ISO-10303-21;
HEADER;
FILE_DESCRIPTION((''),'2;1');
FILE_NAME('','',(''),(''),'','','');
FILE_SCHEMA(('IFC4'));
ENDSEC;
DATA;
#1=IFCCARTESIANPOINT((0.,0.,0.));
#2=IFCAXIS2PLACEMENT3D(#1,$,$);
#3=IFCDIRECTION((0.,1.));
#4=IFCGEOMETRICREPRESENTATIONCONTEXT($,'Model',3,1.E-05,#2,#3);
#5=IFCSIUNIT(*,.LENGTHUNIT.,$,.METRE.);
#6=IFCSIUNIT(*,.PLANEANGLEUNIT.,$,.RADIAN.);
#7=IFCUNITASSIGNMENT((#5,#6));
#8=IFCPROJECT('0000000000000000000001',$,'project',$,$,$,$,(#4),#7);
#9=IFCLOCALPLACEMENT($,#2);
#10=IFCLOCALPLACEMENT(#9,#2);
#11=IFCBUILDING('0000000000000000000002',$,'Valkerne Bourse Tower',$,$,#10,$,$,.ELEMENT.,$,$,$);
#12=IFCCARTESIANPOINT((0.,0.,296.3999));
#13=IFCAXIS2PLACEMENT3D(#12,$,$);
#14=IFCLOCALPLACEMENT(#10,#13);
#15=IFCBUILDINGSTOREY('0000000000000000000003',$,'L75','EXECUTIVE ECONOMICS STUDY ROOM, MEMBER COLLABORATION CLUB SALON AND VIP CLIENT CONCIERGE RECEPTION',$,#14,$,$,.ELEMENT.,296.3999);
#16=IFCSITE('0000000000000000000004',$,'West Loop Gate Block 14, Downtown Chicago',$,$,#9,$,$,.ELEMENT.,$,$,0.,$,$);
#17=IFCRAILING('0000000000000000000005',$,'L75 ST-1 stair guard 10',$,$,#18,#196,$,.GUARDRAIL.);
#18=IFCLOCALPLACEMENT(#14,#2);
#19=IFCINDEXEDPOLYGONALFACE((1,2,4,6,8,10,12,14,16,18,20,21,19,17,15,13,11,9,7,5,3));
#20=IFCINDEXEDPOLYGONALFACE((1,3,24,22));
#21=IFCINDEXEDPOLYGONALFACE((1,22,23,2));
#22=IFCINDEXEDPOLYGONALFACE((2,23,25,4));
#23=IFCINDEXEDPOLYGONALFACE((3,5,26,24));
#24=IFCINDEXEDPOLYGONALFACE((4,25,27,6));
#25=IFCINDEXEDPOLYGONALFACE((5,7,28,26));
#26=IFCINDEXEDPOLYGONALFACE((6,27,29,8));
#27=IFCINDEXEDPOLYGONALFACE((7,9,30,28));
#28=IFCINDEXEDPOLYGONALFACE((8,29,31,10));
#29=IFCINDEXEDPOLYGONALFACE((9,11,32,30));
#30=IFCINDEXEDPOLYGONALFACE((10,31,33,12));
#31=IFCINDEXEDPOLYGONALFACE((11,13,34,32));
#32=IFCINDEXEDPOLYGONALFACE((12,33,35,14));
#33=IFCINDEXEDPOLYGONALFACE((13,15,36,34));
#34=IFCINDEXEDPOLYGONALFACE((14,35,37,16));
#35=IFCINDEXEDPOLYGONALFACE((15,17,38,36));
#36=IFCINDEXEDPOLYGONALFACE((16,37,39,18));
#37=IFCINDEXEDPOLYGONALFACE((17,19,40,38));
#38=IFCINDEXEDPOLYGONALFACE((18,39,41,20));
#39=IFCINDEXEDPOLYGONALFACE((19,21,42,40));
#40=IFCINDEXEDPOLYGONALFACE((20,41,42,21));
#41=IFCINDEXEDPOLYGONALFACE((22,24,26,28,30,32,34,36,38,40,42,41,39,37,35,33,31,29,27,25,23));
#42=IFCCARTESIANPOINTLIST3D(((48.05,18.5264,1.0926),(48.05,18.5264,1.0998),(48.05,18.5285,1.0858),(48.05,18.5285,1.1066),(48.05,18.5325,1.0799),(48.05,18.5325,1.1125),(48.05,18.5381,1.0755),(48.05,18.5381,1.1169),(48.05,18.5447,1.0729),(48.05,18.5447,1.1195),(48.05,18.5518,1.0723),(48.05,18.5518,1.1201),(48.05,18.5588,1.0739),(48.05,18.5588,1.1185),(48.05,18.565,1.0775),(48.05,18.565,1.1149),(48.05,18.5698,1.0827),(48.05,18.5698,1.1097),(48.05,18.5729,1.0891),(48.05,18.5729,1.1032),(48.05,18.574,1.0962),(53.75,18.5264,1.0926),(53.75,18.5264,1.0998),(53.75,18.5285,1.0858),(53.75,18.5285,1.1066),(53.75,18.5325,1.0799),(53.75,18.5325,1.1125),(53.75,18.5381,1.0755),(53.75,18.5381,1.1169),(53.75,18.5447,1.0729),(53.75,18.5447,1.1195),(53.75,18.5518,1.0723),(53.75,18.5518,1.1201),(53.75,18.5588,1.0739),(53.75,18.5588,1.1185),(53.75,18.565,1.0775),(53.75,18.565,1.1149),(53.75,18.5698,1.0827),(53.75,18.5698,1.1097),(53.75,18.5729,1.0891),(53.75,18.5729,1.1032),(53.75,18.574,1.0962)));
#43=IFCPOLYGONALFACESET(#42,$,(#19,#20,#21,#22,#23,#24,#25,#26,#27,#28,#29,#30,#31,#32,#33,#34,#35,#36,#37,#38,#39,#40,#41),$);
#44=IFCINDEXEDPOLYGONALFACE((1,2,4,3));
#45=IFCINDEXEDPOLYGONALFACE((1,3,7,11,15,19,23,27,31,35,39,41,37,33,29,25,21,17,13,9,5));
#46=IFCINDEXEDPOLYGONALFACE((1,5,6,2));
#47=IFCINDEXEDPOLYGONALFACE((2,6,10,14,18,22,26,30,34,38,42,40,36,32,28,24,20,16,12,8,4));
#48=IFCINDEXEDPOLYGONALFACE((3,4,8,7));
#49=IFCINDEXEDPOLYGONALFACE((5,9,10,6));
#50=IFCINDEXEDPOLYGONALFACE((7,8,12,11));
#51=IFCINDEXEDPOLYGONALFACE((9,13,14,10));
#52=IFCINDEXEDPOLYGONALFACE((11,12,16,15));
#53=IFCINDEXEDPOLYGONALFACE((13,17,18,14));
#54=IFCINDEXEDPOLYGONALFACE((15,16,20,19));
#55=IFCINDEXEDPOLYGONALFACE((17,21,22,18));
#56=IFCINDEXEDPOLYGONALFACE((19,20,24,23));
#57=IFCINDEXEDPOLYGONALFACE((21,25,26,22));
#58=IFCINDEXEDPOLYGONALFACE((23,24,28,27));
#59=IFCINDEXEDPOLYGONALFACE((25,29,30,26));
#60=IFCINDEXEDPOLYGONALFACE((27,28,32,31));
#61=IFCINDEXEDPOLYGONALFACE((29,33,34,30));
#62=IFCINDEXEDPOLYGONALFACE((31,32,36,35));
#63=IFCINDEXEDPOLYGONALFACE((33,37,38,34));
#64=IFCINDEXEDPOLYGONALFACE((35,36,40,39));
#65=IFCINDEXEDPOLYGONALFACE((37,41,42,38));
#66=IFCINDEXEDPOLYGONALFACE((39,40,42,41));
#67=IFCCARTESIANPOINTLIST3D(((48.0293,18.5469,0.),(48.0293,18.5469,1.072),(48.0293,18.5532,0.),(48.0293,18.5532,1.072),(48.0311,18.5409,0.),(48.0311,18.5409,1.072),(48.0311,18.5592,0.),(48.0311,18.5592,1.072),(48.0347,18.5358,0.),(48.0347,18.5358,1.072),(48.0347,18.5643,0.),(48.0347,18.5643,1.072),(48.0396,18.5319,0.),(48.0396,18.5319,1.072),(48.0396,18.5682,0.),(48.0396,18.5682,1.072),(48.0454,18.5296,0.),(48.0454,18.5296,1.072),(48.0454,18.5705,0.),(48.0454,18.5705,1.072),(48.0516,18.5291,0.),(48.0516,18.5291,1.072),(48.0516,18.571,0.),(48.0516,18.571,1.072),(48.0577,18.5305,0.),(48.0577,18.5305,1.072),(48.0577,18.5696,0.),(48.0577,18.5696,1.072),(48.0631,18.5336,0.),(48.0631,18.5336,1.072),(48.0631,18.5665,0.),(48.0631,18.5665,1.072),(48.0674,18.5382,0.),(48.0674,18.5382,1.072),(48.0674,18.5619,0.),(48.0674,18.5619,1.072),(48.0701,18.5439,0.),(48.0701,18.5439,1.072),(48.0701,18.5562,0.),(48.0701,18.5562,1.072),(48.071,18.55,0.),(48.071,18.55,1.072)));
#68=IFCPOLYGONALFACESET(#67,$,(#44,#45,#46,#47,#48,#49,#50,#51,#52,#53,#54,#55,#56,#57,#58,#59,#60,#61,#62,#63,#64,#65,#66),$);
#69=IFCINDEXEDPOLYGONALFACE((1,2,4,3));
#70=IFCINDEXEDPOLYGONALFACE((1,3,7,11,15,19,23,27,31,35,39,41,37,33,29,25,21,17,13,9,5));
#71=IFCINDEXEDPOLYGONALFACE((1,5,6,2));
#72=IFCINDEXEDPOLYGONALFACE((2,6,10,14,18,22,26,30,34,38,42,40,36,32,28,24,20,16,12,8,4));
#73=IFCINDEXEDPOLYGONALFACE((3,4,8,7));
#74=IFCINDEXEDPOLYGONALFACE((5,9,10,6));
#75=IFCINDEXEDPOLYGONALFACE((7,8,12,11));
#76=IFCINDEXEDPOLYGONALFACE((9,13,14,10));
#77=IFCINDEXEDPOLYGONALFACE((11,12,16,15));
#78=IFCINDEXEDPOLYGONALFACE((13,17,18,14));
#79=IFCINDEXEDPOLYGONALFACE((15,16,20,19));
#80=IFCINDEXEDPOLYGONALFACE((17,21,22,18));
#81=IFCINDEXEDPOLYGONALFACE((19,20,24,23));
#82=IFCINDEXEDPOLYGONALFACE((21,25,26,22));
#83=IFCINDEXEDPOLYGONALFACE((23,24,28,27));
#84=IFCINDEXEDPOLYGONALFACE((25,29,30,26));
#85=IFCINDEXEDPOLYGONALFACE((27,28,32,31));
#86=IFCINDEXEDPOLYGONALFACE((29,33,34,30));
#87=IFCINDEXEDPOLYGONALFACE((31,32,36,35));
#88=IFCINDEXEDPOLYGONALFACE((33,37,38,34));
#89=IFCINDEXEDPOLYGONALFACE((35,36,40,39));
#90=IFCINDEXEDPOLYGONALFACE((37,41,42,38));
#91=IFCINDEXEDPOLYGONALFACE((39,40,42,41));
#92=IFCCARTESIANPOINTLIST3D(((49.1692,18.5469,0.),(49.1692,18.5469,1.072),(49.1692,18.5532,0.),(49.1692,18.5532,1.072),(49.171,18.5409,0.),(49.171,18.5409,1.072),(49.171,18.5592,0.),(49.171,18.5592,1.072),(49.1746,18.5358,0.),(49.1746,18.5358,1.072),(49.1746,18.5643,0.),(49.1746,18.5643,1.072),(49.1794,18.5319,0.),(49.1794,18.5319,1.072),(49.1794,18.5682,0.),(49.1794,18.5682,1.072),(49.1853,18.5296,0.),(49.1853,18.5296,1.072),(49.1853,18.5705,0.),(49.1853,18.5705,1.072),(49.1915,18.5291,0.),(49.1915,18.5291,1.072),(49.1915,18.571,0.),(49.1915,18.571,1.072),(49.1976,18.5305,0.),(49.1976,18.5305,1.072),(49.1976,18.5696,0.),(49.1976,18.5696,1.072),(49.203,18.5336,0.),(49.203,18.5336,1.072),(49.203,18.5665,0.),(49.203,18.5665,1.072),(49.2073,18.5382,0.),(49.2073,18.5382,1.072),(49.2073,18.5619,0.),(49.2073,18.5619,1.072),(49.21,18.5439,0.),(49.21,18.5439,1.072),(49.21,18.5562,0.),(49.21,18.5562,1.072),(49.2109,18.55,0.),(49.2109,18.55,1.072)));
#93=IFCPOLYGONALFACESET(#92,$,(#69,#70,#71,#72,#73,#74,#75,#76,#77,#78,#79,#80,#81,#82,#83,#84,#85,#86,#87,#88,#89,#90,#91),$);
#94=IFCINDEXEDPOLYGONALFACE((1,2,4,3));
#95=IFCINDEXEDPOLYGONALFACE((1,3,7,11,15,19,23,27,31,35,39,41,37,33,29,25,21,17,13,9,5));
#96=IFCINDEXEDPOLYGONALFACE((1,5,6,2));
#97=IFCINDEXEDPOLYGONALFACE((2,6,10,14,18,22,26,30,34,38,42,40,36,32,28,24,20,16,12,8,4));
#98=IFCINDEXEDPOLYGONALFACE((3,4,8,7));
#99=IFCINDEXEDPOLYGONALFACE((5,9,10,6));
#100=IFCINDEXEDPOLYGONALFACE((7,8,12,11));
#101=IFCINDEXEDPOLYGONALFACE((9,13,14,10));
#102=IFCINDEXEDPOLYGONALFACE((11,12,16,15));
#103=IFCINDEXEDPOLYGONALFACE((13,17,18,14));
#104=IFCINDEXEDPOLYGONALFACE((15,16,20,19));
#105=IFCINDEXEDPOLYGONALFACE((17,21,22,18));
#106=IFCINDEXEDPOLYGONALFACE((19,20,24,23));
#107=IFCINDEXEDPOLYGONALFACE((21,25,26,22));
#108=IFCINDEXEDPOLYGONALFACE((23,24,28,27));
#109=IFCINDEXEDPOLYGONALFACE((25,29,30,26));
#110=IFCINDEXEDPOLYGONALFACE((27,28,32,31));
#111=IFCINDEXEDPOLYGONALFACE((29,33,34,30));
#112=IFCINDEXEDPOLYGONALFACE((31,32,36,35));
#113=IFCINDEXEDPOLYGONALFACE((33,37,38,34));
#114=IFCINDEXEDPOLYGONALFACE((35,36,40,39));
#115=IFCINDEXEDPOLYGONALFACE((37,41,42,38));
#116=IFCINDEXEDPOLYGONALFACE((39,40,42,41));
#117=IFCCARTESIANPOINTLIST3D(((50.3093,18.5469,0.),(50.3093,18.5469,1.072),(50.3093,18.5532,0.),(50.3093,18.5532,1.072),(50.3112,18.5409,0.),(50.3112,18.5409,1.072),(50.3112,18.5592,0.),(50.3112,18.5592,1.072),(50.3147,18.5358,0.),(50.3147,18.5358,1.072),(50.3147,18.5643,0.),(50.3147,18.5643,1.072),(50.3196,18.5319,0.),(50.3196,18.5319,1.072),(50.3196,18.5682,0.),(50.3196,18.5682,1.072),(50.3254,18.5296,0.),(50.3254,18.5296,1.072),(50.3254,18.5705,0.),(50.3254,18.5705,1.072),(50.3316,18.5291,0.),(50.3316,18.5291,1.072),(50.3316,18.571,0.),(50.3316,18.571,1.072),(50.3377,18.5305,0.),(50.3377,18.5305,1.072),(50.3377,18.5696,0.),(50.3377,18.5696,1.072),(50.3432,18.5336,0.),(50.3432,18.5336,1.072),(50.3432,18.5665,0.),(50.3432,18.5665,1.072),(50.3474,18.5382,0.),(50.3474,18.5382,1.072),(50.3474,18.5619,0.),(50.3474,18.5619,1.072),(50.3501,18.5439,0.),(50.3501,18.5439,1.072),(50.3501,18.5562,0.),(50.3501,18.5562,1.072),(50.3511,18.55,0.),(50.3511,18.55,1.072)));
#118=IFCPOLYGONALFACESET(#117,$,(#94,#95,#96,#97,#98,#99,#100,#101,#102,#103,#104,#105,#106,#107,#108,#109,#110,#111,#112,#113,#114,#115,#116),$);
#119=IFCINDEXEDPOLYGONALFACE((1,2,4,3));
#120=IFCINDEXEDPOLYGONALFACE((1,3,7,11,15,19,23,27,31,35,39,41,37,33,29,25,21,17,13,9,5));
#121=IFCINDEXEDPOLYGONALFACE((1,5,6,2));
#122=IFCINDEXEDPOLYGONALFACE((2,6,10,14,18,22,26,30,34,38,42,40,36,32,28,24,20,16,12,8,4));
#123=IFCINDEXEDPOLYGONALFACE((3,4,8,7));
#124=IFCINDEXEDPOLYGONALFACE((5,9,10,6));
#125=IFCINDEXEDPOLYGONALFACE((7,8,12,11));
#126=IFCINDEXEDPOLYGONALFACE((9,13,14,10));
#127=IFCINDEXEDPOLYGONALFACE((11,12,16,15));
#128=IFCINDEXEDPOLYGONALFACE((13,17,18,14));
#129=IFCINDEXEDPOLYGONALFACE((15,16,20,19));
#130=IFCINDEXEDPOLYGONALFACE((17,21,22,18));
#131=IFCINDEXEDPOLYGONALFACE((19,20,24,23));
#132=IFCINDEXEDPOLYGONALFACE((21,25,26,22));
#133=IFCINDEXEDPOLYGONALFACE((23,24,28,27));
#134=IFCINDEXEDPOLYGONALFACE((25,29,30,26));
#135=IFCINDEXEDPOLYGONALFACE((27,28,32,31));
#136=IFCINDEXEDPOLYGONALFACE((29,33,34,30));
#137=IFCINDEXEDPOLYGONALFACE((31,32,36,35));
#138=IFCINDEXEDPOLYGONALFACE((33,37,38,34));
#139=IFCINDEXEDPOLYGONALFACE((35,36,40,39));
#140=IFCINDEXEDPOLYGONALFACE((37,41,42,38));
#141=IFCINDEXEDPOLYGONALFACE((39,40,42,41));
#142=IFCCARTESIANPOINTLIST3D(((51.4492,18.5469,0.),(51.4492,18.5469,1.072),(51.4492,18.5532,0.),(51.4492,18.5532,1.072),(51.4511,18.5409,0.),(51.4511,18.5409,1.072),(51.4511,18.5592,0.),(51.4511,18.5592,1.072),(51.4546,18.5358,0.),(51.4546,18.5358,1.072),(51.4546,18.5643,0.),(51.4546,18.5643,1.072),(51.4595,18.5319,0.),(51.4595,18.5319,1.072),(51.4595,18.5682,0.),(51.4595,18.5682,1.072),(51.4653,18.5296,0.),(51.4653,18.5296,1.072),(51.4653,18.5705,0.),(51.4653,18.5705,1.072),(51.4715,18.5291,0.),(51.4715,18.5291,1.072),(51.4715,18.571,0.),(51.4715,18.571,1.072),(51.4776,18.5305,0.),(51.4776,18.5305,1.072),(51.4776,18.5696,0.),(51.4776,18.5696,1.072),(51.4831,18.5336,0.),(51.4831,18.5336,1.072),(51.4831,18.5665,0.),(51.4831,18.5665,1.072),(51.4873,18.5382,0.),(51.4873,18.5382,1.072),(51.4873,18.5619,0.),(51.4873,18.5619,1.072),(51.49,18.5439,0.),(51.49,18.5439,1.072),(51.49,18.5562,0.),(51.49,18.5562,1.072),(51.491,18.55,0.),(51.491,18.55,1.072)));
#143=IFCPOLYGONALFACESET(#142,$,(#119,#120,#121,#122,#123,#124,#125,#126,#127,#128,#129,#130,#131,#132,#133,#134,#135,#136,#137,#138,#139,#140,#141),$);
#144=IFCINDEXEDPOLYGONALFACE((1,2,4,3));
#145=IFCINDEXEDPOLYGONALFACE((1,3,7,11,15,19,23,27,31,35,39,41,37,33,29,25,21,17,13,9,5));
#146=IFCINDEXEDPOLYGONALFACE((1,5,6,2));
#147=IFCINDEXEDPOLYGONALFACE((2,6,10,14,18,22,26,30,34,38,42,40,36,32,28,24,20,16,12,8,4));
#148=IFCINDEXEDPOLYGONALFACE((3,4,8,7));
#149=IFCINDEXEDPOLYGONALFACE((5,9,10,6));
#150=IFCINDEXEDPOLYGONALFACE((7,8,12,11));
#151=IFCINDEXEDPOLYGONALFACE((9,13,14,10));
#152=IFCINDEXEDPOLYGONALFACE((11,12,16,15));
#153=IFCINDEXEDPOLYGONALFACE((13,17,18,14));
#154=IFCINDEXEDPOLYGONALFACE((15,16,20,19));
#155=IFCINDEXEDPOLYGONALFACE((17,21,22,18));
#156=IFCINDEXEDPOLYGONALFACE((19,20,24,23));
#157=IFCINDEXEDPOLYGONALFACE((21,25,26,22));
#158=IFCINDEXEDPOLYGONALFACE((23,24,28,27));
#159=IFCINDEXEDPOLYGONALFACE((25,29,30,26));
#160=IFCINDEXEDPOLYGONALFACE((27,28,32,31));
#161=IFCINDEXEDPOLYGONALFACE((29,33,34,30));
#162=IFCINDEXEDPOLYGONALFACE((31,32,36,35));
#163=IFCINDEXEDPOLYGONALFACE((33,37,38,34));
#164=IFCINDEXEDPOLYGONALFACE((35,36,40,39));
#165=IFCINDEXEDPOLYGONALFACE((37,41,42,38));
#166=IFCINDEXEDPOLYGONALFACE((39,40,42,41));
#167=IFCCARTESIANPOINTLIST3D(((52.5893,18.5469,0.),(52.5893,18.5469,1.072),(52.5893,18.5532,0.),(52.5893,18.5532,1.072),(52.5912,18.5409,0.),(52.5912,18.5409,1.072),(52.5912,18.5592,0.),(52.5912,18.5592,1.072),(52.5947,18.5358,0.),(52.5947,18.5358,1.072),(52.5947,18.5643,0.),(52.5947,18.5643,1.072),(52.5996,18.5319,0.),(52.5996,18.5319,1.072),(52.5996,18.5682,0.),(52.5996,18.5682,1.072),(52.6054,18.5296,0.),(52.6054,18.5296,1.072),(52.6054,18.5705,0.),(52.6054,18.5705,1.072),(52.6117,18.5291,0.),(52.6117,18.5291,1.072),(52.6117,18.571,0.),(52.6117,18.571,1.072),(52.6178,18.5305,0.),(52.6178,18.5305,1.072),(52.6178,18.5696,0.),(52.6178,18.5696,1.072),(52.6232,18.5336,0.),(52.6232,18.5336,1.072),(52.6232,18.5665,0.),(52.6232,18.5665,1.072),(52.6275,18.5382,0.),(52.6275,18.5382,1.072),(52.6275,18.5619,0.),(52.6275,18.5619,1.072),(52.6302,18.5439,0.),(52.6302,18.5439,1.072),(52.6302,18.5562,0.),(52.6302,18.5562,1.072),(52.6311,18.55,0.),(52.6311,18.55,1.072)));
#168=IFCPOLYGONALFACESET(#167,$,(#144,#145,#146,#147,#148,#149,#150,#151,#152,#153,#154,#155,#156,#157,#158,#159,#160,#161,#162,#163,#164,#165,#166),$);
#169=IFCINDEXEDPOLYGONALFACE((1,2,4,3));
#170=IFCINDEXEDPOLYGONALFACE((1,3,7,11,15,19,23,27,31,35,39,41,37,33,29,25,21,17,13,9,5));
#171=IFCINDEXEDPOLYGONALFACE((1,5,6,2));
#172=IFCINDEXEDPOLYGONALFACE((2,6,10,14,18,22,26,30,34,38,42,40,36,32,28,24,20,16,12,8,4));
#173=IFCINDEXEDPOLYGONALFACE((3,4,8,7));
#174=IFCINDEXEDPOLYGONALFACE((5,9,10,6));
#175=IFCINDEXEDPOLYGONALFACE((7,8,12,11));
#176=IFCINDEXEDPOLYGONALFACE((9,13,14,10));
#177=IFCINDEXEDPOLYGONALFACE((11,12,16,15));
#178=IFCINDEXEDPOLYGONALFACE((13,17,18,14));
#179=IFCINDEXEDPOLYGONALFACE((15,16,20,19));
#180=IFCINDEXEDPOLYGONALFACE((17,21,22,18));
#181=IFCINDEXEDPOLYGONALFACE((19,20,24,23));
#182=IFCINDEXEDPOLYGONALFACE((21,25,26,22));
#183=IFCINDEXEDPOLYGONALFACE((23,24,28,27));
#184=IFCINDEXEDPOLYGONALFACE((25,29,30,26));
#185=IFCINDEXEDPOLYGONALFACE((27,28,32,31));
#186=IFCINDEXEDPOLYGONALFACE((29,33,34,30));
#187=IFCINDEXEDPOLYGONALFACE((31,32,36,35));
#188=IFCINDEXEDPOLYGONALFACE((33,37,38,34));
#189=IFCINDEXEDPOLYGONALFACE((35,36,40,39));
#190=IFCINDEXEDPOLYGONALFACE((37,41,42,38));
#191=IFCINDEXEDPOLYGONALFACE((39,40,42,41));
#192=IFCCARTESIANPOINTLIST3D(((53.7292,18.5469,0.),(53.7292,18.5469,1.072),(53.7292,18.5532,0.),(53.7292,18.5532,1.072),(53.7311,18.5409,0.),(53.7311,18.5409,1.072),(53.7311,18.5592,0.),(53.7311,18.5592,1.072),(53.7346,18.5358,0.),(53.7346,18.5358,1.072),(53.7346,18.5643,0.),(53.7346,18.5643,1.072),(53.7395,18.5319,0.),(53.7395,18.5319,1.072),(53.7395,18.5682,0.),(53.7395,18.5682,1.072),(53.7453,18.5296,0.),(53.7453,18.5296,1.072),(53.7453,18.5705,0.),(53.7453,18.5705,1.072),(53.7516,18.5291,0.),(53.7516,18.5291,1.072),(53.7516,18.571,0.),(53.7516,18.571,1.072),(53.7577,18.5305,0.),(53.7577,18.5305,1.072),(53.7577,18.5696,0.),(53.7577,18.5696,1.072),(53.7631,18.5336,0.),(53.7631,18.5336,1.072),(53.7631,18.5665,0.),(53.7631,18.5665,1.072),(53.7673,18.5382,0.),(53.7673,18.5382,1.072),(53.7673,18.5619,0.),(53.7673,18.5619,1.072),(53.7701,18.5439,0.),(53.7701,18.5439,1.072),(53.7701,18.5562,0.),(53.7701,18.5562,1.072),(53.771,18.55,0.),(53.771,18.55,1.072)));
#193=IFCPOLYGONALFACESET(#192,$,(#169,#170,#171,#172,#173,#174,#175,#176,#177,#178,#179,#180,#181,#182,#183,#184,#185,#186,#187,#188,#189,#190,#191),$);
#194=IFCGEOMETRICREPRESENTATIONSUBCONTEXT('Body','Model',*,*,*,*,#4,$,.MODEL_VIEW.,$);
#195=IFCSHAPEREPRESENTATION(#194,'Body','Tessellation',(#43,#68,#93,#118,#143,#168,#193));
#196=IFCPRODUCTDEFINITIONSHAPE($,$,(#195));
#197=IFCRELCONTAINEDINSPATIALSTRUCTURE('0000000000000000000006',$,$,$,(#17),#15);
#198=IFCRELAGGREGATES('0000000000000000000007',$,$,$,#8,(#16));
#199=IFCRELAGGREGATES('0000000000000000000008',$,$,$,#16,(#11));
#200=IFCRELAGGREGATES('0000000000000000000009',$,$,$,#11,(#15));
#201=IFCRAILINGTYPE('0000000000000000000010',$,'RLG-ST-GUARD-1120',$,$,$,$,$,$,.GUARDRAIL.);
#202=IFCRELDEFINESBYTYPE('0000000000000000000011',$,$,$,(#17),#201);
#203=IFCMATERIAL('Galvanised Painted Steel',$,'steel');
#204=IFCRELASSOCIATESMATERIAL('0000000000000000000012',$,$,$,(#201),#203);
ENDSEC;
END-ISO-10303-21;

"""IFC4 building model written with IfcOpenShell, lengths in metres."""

from ifc_helpers import new_model, si_unit, direction, frame, origin, origin_2d, place, context, subcontext, project, spatial, circle, extrude, material, type_object, element, save


model = new_model("IFC4")

# Units and contexts
model_context = context("Model", 3, precision=1e-05, world=origin(), true_north=direction((0.0, 1.0)))
body_context = subcontext(model_context, "Body", "Model", "MODEL_VIEW")
ifc_project = project(units=[si_unit("LENGTHUNIT", "METRE"), si_unit("PLANEANGLEUNIT", "RADIAN")], contexts=[model_context])

# Site, building, storey
site_placement = place(None, origin())
site = spatial("IfcSite", under=ifc_project, at=site_placement, Name="West Loop Gate Block 14, Downtown Chicago", CompositionType="ELEMENT", RefElevation=0.0)
building_placement = place(site_placement, origin())
building = spatial("IfcBuilding", under=site, at=building_placement, Name="Valkerne Bourse Tower", CompositionType="ELEMENT")
storey_placement = place(building_placement, frame((0.0, 0.0, 296.3999)))
storey = spatial("IfcBuildingStorey", under=building, at=storey_placement, Name="L75", Description="EXECUTIVE ECONOMICS STUDY ROOM, MEMBER COLLABORATION CLUB SALON AND VIP CLIENT CONCIERGE RECEPTION", CompositionType="ELEMENT", Elevation=296.3999)

# Shared definitions
ifc_material_1 = material(Name="Galvanised Painted Steel", Category="steel")

# Railing
railing_type_1 = type_object("IfcRailingType", Name="RLG-ST-GUARD-1120", PredefinedType="GUARDRAIL", material=ifc_material_1)
for number, where, name in (
    (1, (48.05, 18.55, 0.0), "L75 ST-1 stair guard 10"),
):
    element("IfcRailing", number, at=place(storey_placement, frame(where)), inside=storey, type_object=railing_type_1, Name=name, PredefinedType="GUARDRAIL", context=body_context, shape_type="SweptSolid", body=[
        extrude(circle(Radius=0.0239, at=origin_2d()), frame((0.0, 0.0, 1.0962), z_axis=(1.0, 0.0, 0.0), x_axis=(0.0, 1.0, 0.0)), (0.0, 0.0, 1.0), 5.7),
        extrude(circle(Radius=0.021, at=origin_2d()), origin(), (0.0, 0.0, 1.0), 1.072),
        extrude(circle(Radius=0.021, at=origin_2d()), frame((1.1399, 0.0, 0.0)), (0.0, 0.0, 1.0), 1.072),
        extrude(circle(Radius=0.021, at=origin_2d()), frame((2.28, 0.0, 0.0)), (0.0, 0.0, 1.0), 1.072),
        extrude(circle(Radius=0.021, at=origin_2d()), frame((3.4199, 0.0, 0.0)), (0.0, 0.0, 1.0), 1.072),
        extrude(circle(Radius=0.021, at=origin_2d()), frame((4.5601, 0.0, 0.0)), (0.0, 0.0, 1.0), 1.072),
        extrude(circle(Radius=0.021, at=origin_2d()), frame((5.7, 0.0, 0.0)), (0.0, 0.0, 1.0), 1.072),
    ])

save(model, "model.ifc")
